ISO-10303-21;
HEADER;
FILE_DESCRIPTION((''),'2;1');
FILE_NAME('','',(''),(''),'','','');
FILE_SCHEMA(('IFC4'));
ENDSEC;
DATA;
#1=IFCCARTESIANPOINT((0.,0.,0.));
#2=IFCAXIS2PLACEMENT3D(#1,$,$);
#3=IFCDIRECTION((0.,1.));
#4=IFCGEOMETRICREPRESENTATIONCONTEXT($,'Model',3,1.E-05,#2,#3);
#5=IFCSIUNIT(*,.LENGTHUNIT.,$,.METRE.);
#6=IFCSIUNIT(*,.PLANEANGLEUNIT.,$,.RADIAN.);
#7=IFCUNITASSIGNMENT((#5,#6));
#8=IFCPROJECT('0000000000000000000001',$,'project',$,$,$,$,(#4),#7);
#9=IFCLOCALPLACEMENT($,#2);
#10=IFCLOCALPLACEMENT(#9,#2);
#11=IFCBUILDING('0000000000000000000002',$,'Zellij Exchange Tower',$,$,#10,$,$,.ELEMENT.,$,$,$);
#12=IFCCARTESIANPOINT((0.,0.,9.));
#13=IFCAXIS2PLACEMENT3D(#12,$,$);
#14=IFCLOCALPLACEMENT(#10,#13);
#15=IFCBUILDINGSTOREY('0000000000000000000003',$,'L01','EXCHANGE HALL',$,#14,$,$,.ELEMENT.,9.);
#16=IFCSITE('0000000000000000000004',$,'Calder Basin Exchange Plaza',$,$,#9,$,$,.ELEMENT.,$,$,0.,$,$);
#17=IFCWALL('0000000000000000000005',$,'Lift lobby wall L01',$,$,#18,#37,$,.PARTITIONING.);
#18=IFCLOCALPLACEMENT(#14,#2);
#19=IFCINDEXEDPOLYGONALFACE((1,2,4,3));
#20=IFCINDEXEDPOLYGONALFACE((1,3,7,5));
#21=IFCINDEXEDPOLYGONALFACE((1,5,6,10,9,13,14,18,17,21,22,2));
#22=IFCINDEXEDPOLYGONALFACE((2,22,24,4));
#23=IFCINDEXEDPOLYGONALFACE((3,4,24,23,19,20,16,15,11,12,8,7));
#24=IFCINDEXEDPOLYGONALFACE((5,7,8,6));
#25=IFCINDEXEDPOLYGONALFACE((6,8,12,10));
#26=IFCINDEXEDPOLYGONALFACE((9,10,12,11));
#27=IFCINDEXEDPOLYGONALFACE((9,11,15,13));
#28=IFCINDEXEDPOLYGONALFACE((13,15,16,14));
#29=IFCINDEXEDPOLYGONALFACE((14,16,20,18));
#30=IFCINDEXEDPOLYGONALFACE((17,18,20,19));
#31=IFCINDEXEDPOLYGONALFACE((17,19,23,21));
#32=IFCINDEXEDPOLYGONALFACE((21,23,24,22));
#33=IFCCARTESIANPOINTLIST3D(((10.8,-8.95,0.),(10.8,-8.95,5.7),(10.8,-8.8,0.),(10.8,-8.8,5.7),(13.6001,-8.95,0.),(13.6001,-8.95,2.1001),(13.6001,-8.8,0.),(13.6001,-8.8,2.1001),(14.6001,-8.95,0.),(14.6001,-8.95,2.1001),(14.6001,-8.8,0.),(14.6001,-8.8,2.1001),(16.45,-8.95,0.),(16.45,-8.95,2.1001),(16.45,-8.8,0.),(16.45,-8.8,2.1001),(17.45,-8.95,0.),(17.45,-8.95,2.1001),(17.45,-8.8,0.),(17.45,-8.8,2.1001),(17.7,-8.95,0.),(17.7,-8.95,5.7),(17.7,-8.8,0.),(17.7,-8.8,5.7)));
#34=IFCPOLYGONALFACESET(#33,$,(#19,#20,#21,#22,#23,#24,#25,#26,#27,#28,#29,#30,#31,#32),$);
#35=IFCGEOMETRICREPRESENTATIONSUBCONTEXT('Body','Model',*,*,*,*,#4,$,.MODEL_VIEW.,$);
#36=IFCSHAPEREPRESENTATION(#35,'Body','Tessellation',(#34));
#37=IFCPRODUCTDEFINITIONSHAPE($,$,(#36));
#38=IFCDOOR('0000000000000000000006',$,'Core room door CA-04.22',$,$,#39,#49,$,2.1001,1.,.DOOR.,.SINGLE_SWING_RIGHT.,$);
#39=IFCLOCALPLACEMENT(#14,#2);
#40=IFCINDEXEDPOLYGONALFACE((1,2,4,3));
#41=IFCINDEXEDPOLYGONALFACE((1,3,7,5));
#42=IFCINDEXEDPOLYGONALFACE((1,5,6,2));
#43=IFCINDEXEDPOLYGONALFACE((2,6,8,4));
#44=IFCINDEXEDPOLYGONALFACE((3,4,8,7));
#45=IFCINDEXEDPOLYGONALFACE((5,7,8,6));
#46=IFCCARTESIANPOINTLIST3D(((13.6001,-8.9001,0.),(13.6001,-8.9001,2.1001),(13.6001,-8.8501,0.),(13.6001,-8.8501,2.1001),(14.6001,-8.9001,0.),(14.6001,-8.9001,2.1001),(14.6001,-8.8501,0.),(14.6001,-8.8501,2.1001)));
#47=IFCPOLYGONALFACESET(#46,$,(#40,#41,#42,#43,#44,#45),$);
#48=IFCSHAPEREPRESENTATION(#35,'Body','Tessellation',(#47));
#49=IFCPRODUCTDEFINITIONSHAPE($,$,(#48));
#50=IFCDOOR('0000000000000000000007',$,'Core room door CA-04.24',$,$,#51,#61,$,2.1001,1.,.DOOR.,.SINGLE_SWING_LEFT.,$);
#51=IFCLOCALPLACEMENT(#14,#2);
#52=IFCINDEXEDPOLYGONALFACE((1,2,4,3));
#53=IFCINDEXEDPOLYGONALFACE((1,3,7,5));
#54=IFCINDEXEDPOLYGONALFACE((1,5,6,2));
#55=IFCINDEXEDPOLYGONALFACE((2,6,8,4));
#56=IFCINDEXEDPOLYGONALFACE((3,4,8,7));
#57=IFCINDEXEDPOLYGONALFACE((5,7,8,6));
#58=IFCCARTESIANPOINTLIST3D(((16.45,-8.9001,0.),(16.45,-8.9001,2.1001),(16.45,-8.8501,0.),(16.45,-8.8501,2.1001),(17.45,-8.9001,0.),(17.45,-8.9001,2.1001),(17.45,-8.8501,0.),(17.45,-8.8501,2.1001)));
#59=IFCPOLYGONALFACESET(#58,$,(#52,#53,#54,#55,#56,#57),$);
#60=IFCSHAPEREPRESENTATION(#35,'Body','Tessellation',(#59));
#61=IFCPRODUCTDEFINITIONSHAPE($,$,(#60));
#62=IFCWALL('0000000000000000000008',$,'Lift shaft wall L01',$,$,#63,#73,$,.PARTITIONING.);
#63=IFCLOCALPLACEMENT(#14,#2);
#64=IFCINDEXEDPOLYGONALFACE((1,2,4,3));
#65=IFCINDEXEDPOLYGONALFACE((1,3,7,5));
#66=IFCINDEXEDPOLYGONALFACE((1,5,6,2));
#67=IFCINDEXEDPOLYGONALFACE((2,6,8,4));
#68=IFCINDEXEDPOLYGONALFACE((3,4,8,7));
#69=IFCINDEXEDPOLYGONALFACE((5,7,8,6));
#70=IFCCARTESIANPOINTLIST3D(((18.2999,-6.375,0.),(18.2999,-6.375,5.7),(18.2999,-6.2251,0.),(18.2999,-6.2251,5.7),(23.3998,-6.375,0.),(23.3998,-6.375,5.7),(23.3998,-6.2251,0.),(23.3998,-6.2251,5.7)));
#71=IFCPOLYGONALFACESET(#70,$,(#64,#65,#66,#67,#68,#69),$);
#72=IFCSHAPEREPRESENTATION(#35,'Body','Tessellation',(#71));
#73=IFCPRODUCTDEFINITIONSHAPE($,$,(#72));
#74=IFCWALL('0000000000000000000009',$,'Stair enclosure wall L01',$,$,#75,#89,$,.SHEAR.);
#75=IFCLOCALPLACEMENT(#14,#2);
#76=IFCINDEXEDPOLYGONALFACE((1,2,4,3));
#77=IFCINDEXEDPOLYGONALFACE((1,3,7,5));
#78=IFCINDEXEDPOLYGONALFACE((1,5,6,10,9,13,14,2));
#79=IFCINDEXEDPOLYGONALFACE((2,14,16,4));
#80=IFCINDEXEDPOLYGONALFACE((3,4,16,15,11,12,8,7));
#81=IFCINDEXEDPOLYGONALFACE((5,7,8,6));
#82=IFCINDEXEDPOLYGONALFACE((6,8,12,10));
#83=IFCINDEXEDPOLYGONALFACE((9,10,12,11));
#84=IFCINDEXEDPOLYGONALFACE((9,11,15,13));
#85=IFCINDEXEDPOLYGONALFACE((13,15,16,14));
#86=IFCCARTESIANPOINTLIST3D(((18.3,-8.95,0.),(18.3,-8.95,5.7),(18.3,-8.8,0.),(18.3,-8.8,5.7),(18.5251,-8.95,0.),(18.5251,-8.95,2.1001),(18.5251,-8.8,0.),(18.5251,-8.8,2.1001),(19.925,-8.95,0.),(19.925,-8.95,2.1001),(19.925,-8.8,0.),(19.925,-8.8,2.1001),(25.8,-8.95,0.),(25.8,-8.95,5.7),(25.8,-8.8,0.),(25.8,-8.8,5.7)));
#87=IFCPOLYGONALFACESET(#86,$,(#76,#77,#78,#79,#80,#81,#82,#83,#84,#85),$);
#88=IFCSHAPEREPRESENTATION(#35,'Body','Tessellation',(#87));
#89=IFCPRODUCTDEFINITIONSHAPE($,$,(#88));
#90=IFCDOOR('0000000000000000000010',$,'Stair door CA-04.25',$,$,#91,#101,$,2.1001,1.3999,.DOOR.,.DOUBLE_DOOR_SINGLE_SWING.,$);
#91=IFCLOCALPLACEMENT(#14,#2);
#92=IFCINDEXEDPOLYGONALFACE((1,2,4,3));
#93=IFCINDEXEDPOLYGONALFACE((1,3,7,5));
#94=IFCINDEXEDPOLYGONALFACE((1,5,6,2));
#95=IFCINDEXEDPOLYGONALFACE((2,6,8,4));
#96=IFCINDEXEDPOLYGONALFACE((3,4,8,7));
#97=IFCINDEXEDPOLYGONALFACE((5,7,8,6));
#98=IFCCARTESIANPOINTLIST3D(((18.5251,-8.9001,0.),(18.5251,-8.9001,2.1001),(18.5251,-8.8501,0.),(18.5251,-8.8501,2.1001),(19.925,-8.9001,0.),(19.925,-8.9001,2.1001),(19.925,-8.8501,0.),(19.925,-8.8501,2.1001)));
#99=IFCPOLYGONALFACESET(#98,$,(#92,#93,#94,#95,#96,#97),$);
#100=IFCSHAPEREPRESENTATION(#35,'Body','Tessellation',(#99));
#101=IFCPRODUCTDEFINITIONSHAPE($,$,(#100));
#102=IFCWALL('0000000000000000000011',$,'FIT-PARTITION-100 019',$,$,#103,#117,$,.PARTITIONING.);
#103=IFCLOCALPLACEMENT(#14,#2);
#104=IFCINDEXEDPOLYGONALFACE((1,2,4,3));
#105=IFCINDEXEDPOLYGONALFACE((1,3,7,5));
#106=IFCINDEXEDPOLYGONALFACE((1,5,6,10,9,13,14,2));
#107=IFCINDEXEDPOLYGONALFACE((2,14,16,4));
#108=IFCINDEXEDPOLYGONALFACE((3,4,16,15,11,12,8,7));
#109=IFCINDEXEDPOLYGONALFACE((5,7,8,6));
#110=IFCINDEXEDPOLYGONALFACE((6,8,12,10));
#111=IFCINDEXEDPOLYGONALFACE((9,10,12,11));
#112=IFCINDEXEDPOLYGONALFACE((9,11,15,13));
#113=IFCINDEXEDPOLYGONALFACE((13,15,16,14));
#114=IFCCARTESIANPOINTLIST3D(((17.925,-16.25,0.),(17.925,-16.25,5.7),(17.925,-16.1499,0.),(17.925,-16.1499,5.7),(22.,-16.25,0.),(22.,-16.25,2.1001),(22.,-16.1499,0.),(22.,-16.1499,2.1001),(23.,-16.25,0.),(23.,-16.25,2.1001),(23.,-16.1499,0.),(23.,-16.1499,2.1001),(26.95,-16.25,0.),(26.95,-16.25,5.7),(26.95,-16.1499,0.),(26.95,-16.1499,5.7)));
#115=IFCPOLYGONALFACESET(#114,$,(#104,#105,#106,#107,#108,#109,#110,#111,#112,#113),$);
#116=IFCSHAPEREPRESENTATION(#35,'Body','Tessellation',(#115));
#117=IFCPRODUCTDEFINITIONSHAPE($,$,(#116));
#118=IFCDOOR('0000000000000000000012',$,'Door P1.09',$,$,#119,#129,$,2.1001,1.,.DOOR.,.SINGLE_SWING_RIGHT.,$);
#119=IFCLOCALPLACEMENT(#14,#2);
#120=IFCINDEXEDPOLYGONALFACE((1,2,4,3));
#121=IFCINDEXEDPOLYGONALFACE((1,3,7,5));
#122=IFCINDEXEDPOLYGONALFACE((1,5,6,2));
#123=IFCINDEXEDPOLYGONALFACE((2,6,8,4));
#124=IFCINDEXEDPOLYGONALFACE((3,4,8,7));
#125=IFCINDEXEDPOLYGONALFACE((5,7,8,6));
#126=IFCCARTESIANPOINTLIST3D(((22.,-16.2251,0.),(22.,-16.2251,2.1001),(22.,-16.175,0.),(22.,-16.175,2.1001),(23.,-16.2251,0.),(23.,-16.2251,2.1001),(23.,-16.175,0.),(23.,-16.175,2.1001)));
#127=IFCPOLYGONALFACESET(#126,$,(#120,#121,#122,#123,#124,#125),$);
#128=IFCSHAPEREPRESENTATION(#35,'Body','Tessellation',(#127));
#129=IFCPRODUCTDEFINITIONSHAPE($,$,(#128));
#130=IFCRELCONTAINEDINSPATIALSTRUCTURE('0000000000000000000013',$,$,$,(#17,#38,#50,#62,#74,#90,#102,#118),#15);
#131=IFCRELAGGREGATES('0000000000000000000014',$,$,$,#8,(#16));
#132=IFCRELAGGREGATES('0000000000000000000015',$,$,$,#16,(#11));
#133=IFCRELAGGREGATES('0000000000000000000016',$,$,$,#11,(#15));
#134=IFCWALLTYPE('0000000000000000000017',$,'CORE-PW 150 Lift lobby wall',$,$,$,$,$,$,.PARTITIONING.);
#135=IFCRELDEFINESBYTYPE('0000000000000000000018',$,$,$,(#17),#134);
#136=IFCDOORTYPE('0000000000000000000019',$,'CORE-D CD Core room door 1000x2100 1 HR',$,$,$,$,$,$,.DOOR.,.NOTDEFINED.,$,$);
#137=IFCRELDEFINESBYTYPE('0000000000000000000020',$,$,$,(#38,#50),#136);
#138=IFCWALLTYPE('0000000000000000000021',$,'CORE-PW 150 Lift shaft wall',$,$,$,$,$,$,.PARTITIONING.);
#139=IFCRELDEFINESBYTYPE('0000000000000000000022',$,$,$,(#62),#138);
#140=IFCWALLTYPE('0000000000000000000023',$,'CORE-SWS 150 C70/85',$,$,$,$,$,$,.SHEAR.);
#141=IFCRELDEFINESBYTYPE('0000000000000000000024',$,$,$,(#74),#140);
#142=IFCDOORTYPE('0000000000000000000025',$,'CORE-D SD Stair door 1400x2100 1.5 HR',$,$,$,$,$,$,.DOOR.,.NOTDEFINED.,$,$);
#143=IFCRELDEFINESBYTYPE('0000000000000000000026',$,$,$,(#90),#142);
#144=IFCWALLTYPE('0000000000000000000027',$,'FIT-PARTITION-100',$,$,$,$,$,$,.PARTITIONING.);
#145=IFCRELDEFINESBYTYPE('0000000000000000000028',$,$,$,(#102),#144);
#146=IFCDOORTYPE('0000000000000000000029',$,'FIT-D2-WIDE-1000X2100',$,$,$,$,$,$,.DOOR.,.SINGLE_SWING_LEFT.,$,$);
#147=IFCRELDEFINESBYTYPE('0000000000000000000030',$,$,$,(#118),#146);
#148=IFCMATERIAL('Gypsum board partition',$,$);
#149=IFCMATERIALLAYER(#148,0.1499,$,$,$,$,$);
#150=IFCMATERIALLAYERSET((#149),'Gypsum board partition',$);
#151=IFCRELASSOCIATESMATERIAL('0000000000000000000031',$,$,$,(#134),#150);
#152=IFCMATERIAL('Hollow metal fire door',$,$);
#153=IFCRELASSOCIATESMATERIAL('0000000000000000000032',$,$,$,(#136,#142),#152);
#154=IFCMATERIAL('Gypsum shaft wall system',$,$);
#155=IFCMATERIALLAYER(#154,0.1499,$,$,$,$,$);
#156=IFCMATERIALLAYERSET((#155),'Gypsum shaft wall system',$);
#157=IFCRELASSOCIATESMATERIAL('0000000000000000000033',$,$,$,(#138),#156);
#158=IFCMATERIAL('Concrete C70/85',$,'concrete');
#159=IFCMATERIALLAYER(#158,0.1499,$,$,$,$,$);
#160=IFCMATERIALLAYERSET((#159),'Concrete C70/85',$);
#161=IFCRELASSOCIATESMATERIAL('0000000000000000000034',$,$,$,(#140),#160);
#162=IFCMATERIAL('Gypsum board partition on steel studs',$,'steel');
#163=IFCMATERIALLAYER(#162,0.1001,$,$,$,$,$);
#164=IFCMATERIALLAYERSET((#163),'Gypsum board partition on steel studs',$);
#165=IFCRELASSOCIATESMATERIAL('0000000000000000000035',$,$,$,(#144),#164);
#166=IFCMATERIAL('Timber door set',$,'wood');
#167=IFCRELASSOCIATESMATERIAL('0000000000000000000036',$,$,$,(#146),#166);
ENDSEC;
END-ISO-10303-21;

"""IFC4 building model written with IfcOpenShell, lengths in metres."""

from ifc_helpers import new_model, si_unit, direction, frame, frame_2d, origin, place, context, subcontext, project, spatial, rectangle, extrude, material, layer, layer_set, type_object, element, fill, save


model = new_model("IFC4")

# Units and contexts
model_context = context("Model", 3, precision=1e-05, world=origin(), true_north=direction((0.0, 1.0)))
body_context = subcontext(model_context, "Body", "Model", "MODEL_VIEW")
ifc_project = project(units=[si_unit("LENGTHUNIT", "METRE"), si_unit("PLANEANGLEUNIT", "RADIAN")], contexts=[model_context])

# Site, building, storey
site_placement = place(None, origin())
site = spatial("IfcSite", under=ifc_project, at=site_placement, Name="Calder Basin Exchange Plaza", CompositionType="ELEMENT", RefElevation=0.0)
building_placement = place(site_placement, origin())
building = spatial("IfcBuilding", under=site, at=building_placement, Name="Zellij Exchange Tower", CompositionType="ELEMENT")
storey_placement = place(building_placement, frame((0.0, 0.0, 9.0)))
storey = spatial("IfcBuildingStorey", under=building, at=storey_placement, Name="L01", Description="EXCHANGE HALL", CompositionType="ELEMENT", Elevation=9.0)

# Shared definitions
ifc_material_1 = material(Name="Concrete C70/85", Category="concrete")
ifc_material_2 = material(Name="Gypsum board partition")
ifc_layer_1 = layer(ifc_material_2, 0.1499)
ifc_layer_set_1 = layer_set([ifc_layer_1], Name="Gypsum board partition")
wall_type_1 = type_object("IfcWallType", Name="CORE-PW 150 Lift lobby wall", PredefinedType="PARTITIONING", material=ifc_layer_set_1)

# Shared definitions
ifc_material_3 = material(Name="Hollow metal fire door")

# Wall, openings, doors
door_type_1 = type_object("IfcDoorType", Name="CORE-D CD Core room door 1000x2100 1 HR", OperationType="NOTDEFINED", PredefinedType="DOOR", material=ifc_material_3)
wall_1_placement = place(storey_placement, frame((10.8, -8.875, 0.0), z_axis=(0.0, 0.0, 1.0), x_axis=(1.0, 0.0, 0.0)))
wall_1 = element("IfcWall", 1, at=wall_1_placement, inside=storey, type_object=wall_type_1, Name="Lift lobby wall L01", PredefinedType="PARTITIONING", context=body_context, shape_type="SweptSolid", body=[
    extrude(rectangle(XDim=6.8999, YDim=0.1499, at=frame_2d((3.45, 0.0))), origin(), (0.0, 0.0, 1.0), 5.7),
])
opening_1_placement = place(wall_1_placement, frame((2.8, 0.0, 0.0)))
opening_1 = element("IfcOpeningElement", 2, at=opening_1_placement, cuts=wall_1, PredefinedType="OPENING", context=body_context, shape_type="SweptSolid", body=[
    extrude(rectangle(XDim=1.0, YDim=2.1001, at=frame_2d((0.5, 1.05))), frame((0.0, 0.0869, 0.0), z_axis=(0.0, -1.0, 0.0), x_axis=(1.0, 0.0, 0.0)), (0.0, 0.0, 1.0), 0.1738),
])
opening_2_placement = place(wall_1_placement, frame((5.6499, 0.0, 0.0)))
opening_2 = element("IfcOpeningElement", 3, at=opening_2_placement, cuts=wall_1, PredefinedType="OPENING", context=body_context, shape_type="SweptSolid", body=[
    extrude(rectangle(XDim=1.0, YDim=2.1001, at=frame_2d((0.5, 1.05))), frame((0.0, 0.0869, 0.0), z_axis=(0.0, -1.0, 0.0), x_axis=(1.0, 0.0, 0.0)), (0.0, 0.0, 1.0), 0.1738),
])
door_1_placement = place(opening_1_placement, origin())
door_1 = element("IfcDoor", 4, at=door_1_placement, inside=storey, type_object=door_type_1, Name="Core room door CA-04.22", OperationType="SINGLE_SWING_RIGHT", OverallHeight=2.1001, OverallWidth=1.0, PredefinedType="DOOR", context=body_context, shape_type="SweptSolid", body=[
    extrude(rectangle(XDim=1.0, YDim=2.1001, at=frame_2d((0.5, 1.05))), frame((0.0, 0.0249, 0.0), z_axis=(0.0, -1.0, 0.0), x_axis=(1.0, 0.0, 0.0)), (0.0, 0.0, 1.0), 0.05),
])
fill(opening_1, door_1)
door_2_placement = place(opening_2_placement, origin())
door_2 = element("IfcDoor", 5, at=door_2_placement, inside=storey, type_object=door_type_1, Name="Core room door CA-04.24", OperationType="SINGLE_SWING_LEFT", OverallHeight=2.1001, OverallWidth=1.0, PredefinedType="DOOR", context=body_context, shape_type="SweptSolid", body=[
    extrude(rectangle(XDim=1.0, YDim=2.1001, at=frame_2d((0.5, 1.05))), frame((0.0, 0.0249, 0.0), z_axis=(0.0, -1.0, 0.0), x_axis=(1.0, 0.0, 0.0)), (0.0, 0.0, 1.0), 0.05),
])
fill(opening_2, door_2)

# Wall
ifc_material_4 = material(Name="Gypsum shaft wall system")
ifc_layer_2 = layer(ifc_material_4, 0.1499)
ifc_layer_set_2 = layer_set([ifc_layer_2], Name="Gypsum shaft wall system")
wall_type_2 = type_object("IfcWallType", Name="CORE-PW 150 Lift shaft wall", PredefinedType="PARTITIONING", material=ifc_layer_set_2)
wall_2_placement = place(storey_placement, frame((18.3, -6.3, 0.0), z_axis=(0.0, 0.0, 1.0), x_axis=(1.0, 0.0, 0.0)))
element("IfcWall", 6, at=wall_2_placement, inside=storey, type_object=wall_type_2, Name="Lift shaft wall L01", PredefinedType="PARTITIONING", context=body_context, shape_type="SweptSolid", body=[
    extrude(rectangle(XDim=5.0999, YDim=0.1499, at=frame_2d((2.5498, 0.0))), origin(), (0.0, 0.0, 1.0), 5.7),
])

# Walls, openings, doors
ifc_layer_3 = layer(ifc_material_1, 0.1499)
ifc_layer_set_3 = layer_set([ifc_layer_3], Name="Concrete C70/85")
wall_type_3 = type_object("IfcWallType", Name="CORE-SWS 150 C70/85", PredefinedType="SHEAR", material=ifc_layer_set_3)
wall_3_placement = place(storey_placement, frame((18.3, -8.875, 0.0), z_axis=(0.0, 0.0, 1.0), x_axis=(1.0, 0.0, 0.0)))
wall_3 = element("IfcWall", 7, at=wall_3_placement, inside=storey, type_object=wall_type_3, Name="Stair enclosure wall L01", PredefinedType="SHEAR", context=body_context, shape_type="SweptSolid", body=[
    extrude(rectangle(XDim=7.5, YDim=0.1499, at=frame_2d((3.75, 0.0))), origin(), (0.0, 0.0, 1.0), 5.7),
])
opening_3_placement = place(wall_3_placement, frame((0.2251, 0.0, 0.0)))
opening_3 = element("IfcOpeningElement", 8, at=opening_3_placement, cuts=wall_3, PredefinedType="OPENING", context=body_context, shape_type="SweptSolid", body=[
    extrude(rectangle(XDim=1.3999, YDim=2.1001, at=frame_2d((0.7, 1.05))), frame((0.0, 0.0869, 0.0), z_axis=(0.0, -1.0, 0.0), x_axis=(1.0, 0.0, 0.0)), (0.0, 0.0, 1.0), 0.1738),
])
door_type_2 = type_object("IfcDoorType", Name="CORE-D SD Stair door 1400x2100 1.5 HR", OperationType="NOTDEFINED", PredefinedType="DOOR", material=ifc_material_3)
door_3_placement = place(opening_3_placement, origin())
door_3 = element("IfcDoor", 9, at=door_3_placement, inside=storey, type_object=door_type_2, Name="Stair door CA-04.25", OperationType="DOUBLE_DOOR_SINGLE_SWING", OverallHeight=2.1001, OverallWidth=1.3999, PredefinedType="DOOR", context=body_context, shape_type="SweptSolid", body=[
    extrude(rectangle(XDim=1.3999, YDim=2.1001, at=frame_2d((0.7, 1.05))), frame((0.0, 0.0249, 0.0), z_axis=(0.0, -1.0, 0.0), x_axis=(1.0, 0.0, 0.0)), (0.0, 0.0, 1.0), 0.05),
])
fill(opening_3, door_3)
ifc_material_5 = material(Name="Gypsum board partition on steel studs", Category="steel")
ifc_layer_4 = layer(ifc_material_5, 0.1001)
ifc_layer_set_4 = layer_set([ifc_layer_4], Name="Gypsum board partition on steel studs")
wall_type_4 = type_object("IfcWallType", Name="FIT-PARTITION-100", PredefinedType="PARTITIONING", material=ifc_layer_set_4)
wall_4_placement = place(storey_placement, frame((17.925, -16.2, 0.0), z_axis=(0.0, 0.0, 1.0), x_axis=(1.0, 0.0, 0.0)))
wall_4 = element("IfcWall", 10, at=wall_4_placement, inside=storey, type_object=wall_type_4, Name="FIT-PARTITION-100 019", PredefinedType="PARTITIONING", context=body_context, shape_type="SweptSolid", body=[
    extrude(rectangle(XDim=9.0249, YDim=0.1001, at=frame_2d((4.5125, 0.0))), origin(), (0.0, 0.0, 1.0), 5.7),
])
opening_4_placement = place(wall_4_placement, frame((4.075, 0.0, 0.0)))
opening_4 = element("IfcOpeningElement", 11, at=opening_4_placement, cuts=wall_4, PredefinedType="OPENING", context=body_context, shape_type="SweptSolid", body=[
    extrude(rectangle(XDim=1.0, YDim=2.1001, at=frame_2d((0.5, 1.05))), frame((0.0, 0.062, 0.0), z_axis=(0.0, -1.0, 0.0), x_axis=(1.0, 0.0, 0.0)), (0.0, 0.0, 1.0), 0.124),
])
ifc_material_6 = material(Name="Timber door set", Category="wood")
door_type_3 = type_object("IfcDoorType", Name="FIT-D2-WIDE-1000X2100", OperationType="SINGLE_SWING_LEFT", PredefinedType="DOOR", material=ifc_material_6)
door_4_placement = place(opening_4_placement, origin())
door_4 = element("IfcDoor", 12, at=door_4_placement, inside=storey, type_object=door_type_3, Name="Door P1.09", OperationType="SINGLE_SWING_RIGHT", OverallHeight=2.1001, OverallWidth=1.0, PredefinedType="DOOR", context=body_context, shape_type="SweptSolid", body=[
    extrude(rectangle(XDim=1.0, YDim=2.1001, at=frame_2d((0.5, 1.05))), frame((0.0, 0.0249, 0.0), z_axis=(0.0, -1.0, 0.0), x_axis=(1.0, 0.0, 0.0)), (0.0, 0.0, 1.0), 0.05),
])
fill(opening_4, door_4)

save(model, "model.ifc")
